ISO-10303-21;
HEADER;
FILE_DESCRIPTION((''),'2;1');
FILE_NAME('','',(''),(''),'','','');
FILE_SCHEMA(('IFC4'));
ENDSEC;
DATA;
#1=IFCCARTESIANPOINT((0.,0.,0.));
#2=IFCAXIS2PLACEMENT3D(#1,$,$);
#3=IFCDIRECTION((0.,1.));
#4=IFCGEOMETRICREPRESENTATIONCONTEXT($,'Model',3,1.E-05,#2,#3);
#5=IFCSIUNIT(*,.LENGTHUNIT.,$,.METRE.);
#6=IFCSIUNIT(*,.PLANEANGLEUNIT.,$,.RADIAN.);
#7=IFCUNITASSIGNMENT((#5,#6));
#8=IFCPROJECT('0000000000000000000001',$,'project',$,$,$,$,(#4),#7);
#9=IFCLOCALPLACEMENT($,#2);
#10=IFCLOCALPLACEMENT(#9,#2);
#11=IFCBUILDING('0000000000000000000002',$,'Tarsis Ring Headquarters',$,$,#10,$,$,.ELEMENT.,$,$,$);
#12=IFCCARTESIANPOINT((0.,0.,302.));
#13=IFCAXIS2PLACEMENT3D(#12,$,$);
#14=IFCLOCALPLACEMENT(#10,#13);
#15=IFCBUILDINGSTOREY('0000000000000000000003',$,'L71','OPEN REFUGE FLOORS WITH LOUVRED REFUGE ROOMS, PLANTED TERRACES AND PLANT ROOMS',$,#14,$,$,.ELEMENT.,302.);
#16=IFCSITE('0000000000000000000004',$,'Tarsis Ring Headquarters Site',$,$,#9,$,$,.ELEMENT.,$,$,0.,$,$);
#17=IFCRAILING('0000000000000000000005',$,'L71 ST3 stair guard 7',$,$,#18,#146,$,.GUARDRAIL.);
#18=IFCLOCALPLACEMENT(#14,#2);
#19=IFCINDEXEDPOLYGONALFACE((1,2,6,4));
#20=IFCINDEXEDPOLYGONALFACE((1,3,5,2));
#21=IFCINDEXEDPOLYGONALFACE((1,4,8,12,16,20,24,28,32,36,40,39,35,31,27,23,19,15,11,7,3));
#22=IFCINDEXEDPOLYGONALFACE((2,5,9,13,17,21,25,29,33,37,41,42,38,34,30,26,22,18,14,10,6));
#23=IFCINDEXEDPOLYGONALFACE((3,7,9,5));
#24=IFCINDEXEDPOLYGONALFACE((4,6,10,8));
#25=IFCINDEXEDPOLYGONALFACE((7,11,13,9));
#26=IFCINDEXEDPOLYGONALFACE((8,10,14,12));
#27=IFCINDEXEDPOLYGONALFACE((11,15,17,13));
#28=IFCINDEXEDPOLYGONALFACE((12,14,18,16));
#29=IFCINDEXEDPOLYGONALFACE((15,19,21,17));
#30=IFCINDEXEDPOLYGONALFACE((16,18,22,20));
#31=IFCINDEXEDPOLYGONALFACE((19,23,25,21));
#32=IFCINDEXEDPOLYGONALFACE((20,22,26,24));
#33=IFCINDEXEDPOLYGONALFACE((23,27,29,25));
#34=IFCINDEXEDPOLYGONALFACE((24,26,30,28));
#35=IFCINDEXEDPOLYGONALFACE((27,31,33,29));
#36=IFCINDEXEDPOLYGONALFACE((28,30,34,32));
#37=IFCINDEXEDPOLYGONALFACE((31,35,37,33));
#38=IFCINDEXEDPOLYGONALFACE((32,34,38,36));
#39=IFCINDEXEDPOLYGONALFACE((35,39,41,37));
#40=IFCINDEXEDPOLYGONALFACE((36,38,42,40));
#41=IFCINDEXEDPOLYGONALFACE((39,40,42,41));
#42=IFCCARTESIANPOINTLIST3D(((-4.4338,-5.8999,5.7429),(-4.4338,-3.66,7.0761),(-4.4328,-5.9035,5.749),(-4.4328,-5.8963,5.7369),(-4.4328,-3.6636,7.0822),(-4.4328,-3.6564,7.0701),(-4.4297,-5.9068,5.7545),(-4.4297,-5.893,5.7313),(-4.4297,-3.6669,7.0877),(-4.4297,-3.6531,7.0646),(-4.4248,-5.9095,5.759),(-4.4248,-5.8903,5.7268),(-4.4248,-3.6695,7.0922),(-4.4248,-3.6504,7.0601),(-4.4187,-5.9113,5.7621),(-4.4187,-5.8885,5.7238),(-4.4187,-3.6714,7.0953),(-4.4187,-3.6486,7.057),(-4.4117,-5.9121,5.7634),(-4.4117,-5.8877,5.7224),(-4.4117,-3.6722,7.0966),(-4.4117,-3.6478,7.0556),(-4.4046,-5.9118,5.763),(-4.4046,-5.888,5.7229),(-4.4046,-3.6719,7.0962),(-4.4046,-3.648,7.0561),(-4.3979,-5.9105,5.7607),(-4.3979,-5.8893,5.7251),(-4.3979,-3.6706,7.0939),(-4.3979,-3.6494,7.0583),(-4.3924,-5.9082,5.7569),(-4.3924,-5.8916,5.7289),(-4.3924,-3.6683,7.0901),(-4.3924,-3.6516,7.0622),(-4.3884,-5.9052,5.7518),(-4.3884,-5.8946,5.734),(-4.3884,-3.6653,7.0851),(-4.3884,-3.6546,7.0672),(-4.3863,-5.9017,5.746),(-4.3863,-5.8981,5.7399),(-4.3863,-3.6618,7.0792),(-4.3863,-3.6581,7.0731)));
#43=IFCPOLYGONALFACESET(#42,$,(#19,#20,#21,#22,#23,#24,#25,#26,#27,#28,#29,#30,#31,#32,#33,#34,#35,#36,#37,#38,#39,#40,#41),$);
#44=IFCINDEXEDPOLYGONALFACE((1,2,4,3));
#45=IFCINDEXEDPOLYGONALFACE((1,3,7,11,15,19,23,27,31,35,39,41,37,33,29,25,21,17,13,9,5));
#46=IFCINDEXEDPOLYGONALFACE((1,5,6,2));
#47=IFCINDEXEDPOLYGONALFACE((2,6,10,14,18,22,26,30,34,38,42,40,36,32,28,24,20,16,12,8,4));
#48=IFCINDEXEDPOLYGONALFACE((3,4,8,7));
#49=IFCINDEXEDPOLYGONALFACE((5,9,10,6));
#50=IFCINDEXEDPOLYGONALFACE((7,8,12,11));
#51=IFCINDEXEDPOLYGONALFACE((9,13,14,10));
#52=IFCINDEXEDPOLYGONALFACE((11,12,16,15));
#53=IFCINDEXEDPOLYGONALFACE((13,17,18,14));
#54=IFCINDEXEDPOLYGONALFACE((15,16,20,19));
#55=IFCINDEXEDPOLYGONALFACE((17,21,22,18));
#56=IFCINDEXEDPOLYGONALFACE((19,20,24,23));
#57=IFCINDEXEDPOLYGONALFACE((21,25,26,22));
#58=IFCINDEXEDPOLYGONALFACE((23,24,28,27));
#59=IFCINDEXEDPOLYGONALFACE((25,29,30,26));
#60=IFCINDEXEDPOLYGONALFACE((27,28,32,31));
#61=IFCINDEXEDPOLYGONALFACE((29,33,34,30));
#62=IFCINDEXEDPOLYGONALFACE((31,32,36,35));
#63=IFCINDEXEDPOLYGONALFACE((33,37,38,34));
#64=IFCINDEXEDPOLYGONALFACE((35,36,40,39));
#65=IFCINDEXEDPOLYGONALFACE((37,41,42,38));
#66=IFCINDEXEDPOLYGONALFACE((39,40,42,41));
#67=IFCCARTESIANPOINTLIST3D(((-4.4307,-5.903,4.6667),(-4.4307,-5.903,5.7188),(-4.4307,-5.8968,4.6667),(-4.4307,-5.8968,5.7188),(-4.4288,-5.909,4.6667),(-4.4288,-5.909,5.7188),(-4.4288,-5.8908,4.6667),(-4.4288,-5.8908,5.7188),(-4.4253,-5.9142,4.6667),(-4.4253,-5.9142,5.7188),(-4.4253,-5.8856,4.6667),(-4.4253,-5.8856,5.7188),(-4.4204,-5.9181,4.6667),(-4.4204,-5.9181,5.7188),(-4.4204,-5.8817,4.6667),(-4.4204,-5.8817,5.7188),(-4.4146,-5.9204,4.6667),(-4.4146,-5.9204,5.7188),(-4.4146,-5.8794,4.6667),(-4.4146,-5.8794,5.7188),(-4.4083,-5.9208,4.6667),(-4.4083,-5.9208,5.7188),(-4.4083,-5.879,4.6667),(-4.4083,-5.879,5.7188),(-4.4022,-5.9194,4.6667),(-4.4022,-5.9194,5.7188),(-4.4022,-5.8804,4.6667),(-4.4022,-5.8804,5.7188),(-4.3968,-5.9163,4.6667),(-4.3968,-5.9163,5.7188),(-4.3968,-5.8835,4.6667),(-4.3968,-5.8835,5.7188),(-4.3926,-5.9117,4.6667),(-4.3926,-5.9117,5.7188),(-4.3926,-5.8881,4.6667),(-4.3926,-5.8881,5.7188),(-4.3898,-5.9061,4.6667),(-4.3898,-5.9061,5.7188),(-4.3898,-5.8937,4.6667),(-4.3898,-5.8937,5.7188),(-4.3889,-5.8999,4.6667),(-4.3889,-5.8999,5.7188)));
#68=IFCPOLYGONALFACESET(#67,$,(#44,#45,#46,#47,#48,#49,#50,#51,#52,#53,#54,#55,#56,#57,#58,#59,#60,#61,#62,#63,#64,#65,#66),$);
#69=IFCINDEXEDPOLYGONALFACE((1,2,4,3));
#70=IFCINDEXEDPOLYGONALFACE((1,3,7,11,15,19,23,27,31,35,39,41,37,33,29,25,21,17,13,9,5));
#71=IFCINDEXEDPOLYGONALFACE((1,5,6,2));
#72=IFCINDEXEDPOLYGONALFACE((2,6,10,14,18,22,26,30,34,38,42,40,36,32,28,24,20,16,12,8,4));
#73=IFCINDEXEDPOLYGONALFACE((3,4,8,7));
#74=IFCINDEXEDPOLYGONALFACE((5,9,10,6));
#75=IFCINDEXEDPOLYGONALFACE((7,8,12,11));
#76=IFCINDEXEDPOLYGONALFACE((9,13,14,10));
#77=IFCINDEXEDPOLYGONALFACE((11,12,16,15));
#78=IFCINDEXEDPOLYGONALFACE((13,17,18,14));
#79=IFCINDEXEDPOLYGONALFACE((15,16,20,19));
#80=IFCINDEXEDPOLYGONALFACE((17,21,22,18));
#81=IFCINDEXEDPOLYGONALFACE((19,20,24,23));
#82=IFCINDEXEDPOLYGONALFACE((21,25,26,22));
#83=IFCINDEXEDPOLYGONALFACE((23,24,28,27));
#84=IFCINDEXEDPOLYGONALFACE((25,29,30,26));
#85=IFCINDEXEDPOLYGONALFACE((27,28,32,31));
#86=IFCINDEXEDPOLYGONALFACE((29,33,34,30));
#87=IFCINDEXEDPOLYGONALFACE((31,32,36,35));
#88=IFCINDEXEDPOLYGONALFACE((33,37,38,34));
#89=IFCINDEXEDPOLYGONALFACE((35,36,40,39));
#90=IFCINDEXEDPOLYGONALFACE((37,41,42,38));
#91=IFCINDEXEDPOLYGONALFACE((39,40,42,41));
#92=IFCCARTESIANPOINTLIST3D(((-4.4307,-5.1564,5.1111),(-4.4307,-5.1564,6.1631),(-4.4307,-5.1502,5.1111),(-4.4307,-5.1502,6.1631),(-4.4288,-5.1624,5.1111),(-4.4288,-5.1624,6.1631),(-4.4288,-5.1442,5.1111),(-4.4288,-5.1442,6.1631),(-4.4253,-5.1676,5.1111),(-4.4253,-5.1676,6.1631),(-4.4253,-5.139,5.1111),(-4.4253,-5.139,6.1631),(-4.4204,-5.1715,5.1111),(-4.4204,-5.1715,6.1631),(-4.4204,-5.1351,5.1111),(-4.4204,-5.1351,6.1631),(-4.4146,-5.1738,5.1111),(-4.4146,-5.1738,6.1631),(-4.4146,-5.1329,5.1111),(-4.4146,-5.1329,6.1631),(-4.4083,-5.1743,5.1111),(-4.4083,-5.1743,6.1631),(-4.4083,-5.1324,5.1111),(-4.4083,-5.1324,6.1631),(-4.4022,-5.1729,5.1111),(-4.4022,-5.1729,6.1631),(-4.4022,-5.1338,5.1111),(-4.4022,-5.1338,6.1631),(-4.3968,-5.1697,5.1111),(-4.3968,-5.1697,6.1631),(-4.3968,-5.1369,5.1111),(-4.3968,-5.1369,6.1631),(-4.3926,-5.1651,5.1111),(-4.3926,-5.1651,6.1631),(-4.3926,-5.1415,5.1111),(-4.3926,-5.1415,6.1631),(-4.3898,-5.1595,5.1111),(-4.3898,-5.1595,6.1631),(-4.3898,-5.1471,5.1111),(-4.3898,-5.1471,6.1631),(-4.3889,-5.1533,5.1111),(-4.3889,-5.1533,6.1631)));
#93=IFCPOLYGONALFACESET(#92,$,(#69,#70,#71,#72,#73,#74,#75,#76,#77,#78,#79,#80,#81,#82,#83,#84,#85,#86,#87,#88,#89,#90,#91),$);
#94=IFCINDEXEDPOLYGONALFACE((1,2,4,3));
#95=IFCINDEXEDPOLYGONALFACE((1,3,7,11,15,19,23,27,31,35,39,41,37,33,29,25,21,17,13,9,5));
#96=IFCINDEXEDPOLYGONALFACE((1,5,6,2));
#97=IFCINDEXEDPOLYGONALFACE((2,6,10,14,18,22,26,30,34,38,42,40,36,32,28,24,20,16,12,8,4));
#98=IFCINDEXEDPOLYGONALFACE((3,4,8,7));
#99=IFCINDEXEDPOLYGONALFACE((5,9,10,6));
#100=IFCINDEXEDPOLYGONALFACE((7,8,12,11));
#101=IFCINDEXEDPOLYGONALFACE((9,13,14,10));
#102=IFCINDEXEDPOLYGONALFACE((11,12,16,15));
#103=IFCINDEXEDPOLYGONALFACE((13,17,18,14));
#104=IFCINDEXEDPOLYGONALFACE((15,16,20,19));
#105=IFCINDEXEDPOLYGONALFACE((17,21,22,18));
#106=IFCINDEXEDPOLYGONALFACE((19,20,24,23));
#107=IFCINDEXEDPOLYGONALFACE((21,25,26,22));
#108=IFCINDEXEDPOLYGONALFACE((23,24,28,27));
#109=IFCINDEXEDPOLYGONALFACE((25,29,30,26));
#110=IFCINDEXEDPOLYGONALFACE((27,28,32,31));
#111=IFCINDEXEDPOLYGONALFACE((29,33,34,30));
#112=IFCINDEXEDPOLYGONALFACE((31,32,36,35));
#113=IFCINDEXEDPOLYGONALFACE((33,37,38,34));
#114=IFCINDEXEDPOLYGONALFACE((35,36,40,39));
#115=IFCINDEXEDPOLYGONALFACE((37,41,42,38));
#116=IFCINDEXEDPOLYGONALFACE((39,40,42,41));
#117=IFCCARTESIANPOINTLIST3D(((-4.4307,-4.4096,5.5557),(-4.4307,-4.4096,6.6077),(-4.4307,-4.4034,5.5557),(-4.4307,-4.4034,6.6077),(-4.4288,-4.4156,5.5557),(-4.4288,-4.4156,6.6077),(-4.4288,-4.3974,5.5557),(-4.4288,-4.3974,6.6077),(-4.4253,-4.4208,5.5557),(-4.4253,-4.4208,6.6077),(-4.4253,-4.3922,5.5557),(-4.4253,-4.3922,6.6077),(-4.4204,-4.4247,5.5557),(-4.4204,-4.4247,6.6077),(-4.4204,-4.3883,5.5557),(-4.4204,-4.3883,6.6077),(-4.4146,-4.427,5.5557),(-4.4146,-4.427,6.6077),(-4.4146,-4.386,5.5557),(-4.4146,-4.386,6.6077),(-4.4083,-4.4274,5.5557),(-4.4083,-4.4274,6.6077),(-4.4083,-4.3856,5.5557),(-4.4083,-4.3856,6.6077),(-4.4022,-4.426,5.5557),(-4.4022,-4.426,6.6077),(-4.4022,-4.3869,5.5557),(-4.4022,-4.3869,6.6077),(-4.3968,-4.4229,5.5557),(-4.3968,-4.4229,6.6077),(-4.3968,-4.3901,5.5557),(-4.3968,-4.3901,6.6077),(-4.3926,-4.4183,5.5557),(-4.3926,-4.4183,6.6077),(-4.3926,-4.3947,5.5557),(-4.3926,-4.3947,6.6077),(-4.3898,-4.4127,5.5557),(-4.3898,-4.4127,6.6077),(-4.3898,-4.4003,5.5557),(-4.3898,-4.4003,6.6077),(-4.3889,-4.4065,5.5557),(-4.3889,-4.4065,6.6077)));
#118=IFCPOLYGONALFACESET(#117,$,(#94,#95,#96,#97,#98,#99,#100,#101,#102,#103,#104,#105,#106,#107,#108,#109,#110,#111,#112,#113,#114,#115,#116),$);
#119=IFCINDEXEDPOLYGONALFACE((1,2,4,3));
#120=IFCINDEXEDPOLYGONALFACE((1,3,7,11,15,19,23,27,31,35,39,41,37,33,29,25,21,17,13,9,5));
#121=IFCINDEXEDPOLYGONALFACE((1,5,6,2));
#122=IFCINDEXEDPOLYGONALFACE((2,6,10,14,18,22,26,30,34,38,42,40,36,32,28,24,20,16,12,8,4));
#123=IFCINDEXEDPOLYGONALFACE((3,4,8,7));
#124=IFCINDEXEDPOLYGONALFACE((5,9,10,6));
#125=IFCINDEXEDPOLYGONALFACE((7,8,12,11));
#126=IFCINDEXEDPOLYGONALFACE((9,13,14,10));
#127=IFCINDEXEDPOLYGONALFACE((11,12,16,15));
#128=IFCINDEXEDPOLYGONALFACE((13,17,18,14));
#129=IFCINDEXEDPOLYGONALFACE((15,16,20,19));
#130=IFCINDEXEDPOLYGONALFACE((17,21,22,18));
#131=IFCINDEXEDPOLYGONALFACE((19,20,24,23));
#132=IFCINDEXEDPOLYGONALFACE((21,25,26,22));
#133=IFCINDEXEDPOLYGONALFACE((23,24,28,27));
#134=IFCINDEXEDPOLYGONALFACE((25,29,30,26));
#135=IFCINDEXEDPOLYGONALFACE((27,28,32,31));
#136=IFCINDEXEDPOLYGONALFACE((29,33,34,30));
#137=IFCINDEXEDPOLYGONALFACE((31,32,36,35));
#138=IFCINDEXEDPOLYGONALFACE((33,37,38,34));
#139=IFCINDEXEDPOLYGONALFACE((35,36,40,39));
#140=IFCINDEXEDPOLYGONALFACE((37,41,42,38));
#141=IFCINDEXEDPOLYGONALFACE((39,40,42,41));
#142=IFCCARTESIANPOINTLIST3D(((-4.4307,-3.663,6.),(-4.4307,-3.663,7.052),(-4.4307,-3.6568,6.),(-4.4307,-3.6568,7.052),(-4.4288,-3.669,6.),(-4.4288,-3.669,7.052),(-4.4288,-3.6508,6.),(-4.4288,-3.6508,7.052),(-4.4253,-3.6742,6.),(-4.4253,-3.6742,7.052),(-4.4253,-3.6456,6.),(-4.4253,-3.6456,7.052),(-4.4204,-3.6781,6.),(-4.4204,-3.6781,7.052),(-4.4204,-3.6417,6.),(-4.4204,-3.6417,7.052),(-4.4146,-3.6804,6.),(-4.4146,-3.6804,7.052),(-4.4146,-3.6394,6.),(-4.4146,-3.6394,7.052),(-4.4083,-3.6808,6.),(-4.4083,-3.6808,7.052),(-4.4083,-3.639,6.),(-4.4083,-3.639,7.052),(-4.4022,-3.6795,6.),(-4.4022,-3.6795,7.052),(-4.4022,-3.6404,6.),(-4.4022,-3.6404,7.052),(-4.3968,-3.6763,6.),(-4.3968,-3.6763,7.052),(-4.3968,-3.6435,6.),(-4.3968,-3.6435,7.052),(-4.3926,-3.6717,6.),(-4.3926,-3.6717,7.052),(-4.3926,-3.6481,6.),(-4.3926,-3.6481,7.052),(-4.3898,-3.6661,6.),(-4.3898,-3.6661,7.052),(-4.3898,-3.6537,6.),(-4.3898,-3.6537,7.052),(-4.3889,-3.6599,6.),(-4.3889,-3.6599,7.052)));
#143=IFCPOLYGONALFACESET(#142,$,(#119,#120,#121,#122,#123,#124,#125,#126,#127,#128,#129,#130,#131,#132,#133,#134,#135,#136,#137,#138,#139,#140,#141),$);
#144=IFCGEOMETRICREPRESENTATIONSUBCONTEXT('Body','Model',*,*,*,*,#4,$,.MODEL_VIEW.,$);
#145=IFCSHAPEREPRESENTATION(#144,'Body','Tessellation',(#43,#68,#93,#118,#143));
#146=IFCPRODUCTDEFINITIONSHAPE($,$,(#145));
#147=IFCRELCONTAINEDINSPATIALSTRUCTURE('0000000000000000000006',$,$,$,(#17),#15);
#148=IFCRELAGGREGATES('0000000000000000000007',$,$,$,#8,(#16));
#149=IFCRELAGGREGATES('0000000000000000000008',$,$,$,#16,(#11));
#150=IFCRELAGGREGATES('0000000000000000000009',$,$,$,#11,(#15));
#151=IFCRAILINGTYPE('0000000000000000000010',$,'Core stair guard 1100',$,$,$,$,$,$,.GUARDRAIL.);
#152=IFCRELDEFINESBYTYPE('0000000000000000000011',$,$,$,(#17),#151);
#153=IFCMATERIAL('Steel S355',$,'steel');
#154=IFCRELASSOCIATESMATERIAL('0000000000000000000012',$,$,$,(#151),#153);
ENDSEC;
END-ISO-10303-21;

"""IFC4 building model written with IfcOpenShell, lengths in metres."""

from ifc_helpers import new_model, si_unit, direction, frame, origin, origin_2d, place, context, subcontext, project, spatial, circle, extrude, material, type_object, element, save


model = new_model("IFC4")

# Units and contexts
model_context = context("Model", 3, precision=1e-05, world=origin(), true_north=direction((0.0, 1.0)))
body_context = subcontext(model_context, "Body", "Model", "MODEL_VIEW")
ifc_project = project(units=[si_unit("LENGTHUNIT", "METRE"), si_unit("PLANEANGLEUNIT", "RADIAN")], contexts=[model_context])

# Site, building, storey
site_placement = place(None, origin())
site = spatial("IfcSite", under=ifc_project, at=site_placement, Name="Tarsis Ring Headquarters Site", CompositionType="ELEMENT", RefElevation=0.0)
building_placement = place(site_placement, origin())
building = spatial("IfcBuilding", under=site, at=building_placement, Name="Tarsis Ring Headquarters", CompositionType="ELEMENT")
storey_placement = place(building_placement, frame((0.0, 0.0, 302.0)))
storey = spatial("IfcBuildingStorey", under=building, at=storey_placement, Name="L71", Description="OPEN REFUGE FLOORS WITH LOUVRED REFUGE ROOMS, PLANTED TERRACES AND PLANT ROOMS", CompositionType="ELEMENT", Elevation=302.0)

# Railing
ifc_material_1 = material(Name="Steel S355", Category="steel")
railing_type_1 = type_object("IfcRailingType", Name="Core stair guard 1100", PredefinedType="GUARDRAIL", material=ifc_material_1)
railing_1_placement = place(storey_placement, frame((-4.4099, -5.8999, 4.6667)))
element("IfcRailing", 1, at=railing_1_placement, inside=storey, type_object=railing_type_1, Name="L71 ST3 stair guard 7", PredefinedType="GUARDRAIL", context=body_context, shape_type="SweptSolid", body=[
    extrude(circle(Radius=0.0239, at=origin_2d()), frame((0.0, 0.0, 1.0762), z_axis=(0.0, 0.859306, 0.511462), x_axis=(-1.0, 0.0, 0.0)), (0.0, 0.0, 1.0), 2.6067),
    extrude(circle(Radius=0.021, at=origin_2d()), origin(), (0.0, 0.0, 1.0), 1.052),
    extrude(circle(Radius=0.021, at=origin_2d()), frame((0.0, 0.7466, 0.4443)), (0.0, 0.0, 1.0), 1.052),
    extrude(circle(Radius=0.021, at=origin_2d()), frame((0.0, 1.4934, 0.8889)), (0.0, 0.0, 1.0), 1.052),
    extrude(circle(Radius=0.021, at=origin_2d()), frame((0.0, 2.24, 1.3333)), (0.0, 0.0, 1.0), 1.052),
])

save(model, "model.ifc")
